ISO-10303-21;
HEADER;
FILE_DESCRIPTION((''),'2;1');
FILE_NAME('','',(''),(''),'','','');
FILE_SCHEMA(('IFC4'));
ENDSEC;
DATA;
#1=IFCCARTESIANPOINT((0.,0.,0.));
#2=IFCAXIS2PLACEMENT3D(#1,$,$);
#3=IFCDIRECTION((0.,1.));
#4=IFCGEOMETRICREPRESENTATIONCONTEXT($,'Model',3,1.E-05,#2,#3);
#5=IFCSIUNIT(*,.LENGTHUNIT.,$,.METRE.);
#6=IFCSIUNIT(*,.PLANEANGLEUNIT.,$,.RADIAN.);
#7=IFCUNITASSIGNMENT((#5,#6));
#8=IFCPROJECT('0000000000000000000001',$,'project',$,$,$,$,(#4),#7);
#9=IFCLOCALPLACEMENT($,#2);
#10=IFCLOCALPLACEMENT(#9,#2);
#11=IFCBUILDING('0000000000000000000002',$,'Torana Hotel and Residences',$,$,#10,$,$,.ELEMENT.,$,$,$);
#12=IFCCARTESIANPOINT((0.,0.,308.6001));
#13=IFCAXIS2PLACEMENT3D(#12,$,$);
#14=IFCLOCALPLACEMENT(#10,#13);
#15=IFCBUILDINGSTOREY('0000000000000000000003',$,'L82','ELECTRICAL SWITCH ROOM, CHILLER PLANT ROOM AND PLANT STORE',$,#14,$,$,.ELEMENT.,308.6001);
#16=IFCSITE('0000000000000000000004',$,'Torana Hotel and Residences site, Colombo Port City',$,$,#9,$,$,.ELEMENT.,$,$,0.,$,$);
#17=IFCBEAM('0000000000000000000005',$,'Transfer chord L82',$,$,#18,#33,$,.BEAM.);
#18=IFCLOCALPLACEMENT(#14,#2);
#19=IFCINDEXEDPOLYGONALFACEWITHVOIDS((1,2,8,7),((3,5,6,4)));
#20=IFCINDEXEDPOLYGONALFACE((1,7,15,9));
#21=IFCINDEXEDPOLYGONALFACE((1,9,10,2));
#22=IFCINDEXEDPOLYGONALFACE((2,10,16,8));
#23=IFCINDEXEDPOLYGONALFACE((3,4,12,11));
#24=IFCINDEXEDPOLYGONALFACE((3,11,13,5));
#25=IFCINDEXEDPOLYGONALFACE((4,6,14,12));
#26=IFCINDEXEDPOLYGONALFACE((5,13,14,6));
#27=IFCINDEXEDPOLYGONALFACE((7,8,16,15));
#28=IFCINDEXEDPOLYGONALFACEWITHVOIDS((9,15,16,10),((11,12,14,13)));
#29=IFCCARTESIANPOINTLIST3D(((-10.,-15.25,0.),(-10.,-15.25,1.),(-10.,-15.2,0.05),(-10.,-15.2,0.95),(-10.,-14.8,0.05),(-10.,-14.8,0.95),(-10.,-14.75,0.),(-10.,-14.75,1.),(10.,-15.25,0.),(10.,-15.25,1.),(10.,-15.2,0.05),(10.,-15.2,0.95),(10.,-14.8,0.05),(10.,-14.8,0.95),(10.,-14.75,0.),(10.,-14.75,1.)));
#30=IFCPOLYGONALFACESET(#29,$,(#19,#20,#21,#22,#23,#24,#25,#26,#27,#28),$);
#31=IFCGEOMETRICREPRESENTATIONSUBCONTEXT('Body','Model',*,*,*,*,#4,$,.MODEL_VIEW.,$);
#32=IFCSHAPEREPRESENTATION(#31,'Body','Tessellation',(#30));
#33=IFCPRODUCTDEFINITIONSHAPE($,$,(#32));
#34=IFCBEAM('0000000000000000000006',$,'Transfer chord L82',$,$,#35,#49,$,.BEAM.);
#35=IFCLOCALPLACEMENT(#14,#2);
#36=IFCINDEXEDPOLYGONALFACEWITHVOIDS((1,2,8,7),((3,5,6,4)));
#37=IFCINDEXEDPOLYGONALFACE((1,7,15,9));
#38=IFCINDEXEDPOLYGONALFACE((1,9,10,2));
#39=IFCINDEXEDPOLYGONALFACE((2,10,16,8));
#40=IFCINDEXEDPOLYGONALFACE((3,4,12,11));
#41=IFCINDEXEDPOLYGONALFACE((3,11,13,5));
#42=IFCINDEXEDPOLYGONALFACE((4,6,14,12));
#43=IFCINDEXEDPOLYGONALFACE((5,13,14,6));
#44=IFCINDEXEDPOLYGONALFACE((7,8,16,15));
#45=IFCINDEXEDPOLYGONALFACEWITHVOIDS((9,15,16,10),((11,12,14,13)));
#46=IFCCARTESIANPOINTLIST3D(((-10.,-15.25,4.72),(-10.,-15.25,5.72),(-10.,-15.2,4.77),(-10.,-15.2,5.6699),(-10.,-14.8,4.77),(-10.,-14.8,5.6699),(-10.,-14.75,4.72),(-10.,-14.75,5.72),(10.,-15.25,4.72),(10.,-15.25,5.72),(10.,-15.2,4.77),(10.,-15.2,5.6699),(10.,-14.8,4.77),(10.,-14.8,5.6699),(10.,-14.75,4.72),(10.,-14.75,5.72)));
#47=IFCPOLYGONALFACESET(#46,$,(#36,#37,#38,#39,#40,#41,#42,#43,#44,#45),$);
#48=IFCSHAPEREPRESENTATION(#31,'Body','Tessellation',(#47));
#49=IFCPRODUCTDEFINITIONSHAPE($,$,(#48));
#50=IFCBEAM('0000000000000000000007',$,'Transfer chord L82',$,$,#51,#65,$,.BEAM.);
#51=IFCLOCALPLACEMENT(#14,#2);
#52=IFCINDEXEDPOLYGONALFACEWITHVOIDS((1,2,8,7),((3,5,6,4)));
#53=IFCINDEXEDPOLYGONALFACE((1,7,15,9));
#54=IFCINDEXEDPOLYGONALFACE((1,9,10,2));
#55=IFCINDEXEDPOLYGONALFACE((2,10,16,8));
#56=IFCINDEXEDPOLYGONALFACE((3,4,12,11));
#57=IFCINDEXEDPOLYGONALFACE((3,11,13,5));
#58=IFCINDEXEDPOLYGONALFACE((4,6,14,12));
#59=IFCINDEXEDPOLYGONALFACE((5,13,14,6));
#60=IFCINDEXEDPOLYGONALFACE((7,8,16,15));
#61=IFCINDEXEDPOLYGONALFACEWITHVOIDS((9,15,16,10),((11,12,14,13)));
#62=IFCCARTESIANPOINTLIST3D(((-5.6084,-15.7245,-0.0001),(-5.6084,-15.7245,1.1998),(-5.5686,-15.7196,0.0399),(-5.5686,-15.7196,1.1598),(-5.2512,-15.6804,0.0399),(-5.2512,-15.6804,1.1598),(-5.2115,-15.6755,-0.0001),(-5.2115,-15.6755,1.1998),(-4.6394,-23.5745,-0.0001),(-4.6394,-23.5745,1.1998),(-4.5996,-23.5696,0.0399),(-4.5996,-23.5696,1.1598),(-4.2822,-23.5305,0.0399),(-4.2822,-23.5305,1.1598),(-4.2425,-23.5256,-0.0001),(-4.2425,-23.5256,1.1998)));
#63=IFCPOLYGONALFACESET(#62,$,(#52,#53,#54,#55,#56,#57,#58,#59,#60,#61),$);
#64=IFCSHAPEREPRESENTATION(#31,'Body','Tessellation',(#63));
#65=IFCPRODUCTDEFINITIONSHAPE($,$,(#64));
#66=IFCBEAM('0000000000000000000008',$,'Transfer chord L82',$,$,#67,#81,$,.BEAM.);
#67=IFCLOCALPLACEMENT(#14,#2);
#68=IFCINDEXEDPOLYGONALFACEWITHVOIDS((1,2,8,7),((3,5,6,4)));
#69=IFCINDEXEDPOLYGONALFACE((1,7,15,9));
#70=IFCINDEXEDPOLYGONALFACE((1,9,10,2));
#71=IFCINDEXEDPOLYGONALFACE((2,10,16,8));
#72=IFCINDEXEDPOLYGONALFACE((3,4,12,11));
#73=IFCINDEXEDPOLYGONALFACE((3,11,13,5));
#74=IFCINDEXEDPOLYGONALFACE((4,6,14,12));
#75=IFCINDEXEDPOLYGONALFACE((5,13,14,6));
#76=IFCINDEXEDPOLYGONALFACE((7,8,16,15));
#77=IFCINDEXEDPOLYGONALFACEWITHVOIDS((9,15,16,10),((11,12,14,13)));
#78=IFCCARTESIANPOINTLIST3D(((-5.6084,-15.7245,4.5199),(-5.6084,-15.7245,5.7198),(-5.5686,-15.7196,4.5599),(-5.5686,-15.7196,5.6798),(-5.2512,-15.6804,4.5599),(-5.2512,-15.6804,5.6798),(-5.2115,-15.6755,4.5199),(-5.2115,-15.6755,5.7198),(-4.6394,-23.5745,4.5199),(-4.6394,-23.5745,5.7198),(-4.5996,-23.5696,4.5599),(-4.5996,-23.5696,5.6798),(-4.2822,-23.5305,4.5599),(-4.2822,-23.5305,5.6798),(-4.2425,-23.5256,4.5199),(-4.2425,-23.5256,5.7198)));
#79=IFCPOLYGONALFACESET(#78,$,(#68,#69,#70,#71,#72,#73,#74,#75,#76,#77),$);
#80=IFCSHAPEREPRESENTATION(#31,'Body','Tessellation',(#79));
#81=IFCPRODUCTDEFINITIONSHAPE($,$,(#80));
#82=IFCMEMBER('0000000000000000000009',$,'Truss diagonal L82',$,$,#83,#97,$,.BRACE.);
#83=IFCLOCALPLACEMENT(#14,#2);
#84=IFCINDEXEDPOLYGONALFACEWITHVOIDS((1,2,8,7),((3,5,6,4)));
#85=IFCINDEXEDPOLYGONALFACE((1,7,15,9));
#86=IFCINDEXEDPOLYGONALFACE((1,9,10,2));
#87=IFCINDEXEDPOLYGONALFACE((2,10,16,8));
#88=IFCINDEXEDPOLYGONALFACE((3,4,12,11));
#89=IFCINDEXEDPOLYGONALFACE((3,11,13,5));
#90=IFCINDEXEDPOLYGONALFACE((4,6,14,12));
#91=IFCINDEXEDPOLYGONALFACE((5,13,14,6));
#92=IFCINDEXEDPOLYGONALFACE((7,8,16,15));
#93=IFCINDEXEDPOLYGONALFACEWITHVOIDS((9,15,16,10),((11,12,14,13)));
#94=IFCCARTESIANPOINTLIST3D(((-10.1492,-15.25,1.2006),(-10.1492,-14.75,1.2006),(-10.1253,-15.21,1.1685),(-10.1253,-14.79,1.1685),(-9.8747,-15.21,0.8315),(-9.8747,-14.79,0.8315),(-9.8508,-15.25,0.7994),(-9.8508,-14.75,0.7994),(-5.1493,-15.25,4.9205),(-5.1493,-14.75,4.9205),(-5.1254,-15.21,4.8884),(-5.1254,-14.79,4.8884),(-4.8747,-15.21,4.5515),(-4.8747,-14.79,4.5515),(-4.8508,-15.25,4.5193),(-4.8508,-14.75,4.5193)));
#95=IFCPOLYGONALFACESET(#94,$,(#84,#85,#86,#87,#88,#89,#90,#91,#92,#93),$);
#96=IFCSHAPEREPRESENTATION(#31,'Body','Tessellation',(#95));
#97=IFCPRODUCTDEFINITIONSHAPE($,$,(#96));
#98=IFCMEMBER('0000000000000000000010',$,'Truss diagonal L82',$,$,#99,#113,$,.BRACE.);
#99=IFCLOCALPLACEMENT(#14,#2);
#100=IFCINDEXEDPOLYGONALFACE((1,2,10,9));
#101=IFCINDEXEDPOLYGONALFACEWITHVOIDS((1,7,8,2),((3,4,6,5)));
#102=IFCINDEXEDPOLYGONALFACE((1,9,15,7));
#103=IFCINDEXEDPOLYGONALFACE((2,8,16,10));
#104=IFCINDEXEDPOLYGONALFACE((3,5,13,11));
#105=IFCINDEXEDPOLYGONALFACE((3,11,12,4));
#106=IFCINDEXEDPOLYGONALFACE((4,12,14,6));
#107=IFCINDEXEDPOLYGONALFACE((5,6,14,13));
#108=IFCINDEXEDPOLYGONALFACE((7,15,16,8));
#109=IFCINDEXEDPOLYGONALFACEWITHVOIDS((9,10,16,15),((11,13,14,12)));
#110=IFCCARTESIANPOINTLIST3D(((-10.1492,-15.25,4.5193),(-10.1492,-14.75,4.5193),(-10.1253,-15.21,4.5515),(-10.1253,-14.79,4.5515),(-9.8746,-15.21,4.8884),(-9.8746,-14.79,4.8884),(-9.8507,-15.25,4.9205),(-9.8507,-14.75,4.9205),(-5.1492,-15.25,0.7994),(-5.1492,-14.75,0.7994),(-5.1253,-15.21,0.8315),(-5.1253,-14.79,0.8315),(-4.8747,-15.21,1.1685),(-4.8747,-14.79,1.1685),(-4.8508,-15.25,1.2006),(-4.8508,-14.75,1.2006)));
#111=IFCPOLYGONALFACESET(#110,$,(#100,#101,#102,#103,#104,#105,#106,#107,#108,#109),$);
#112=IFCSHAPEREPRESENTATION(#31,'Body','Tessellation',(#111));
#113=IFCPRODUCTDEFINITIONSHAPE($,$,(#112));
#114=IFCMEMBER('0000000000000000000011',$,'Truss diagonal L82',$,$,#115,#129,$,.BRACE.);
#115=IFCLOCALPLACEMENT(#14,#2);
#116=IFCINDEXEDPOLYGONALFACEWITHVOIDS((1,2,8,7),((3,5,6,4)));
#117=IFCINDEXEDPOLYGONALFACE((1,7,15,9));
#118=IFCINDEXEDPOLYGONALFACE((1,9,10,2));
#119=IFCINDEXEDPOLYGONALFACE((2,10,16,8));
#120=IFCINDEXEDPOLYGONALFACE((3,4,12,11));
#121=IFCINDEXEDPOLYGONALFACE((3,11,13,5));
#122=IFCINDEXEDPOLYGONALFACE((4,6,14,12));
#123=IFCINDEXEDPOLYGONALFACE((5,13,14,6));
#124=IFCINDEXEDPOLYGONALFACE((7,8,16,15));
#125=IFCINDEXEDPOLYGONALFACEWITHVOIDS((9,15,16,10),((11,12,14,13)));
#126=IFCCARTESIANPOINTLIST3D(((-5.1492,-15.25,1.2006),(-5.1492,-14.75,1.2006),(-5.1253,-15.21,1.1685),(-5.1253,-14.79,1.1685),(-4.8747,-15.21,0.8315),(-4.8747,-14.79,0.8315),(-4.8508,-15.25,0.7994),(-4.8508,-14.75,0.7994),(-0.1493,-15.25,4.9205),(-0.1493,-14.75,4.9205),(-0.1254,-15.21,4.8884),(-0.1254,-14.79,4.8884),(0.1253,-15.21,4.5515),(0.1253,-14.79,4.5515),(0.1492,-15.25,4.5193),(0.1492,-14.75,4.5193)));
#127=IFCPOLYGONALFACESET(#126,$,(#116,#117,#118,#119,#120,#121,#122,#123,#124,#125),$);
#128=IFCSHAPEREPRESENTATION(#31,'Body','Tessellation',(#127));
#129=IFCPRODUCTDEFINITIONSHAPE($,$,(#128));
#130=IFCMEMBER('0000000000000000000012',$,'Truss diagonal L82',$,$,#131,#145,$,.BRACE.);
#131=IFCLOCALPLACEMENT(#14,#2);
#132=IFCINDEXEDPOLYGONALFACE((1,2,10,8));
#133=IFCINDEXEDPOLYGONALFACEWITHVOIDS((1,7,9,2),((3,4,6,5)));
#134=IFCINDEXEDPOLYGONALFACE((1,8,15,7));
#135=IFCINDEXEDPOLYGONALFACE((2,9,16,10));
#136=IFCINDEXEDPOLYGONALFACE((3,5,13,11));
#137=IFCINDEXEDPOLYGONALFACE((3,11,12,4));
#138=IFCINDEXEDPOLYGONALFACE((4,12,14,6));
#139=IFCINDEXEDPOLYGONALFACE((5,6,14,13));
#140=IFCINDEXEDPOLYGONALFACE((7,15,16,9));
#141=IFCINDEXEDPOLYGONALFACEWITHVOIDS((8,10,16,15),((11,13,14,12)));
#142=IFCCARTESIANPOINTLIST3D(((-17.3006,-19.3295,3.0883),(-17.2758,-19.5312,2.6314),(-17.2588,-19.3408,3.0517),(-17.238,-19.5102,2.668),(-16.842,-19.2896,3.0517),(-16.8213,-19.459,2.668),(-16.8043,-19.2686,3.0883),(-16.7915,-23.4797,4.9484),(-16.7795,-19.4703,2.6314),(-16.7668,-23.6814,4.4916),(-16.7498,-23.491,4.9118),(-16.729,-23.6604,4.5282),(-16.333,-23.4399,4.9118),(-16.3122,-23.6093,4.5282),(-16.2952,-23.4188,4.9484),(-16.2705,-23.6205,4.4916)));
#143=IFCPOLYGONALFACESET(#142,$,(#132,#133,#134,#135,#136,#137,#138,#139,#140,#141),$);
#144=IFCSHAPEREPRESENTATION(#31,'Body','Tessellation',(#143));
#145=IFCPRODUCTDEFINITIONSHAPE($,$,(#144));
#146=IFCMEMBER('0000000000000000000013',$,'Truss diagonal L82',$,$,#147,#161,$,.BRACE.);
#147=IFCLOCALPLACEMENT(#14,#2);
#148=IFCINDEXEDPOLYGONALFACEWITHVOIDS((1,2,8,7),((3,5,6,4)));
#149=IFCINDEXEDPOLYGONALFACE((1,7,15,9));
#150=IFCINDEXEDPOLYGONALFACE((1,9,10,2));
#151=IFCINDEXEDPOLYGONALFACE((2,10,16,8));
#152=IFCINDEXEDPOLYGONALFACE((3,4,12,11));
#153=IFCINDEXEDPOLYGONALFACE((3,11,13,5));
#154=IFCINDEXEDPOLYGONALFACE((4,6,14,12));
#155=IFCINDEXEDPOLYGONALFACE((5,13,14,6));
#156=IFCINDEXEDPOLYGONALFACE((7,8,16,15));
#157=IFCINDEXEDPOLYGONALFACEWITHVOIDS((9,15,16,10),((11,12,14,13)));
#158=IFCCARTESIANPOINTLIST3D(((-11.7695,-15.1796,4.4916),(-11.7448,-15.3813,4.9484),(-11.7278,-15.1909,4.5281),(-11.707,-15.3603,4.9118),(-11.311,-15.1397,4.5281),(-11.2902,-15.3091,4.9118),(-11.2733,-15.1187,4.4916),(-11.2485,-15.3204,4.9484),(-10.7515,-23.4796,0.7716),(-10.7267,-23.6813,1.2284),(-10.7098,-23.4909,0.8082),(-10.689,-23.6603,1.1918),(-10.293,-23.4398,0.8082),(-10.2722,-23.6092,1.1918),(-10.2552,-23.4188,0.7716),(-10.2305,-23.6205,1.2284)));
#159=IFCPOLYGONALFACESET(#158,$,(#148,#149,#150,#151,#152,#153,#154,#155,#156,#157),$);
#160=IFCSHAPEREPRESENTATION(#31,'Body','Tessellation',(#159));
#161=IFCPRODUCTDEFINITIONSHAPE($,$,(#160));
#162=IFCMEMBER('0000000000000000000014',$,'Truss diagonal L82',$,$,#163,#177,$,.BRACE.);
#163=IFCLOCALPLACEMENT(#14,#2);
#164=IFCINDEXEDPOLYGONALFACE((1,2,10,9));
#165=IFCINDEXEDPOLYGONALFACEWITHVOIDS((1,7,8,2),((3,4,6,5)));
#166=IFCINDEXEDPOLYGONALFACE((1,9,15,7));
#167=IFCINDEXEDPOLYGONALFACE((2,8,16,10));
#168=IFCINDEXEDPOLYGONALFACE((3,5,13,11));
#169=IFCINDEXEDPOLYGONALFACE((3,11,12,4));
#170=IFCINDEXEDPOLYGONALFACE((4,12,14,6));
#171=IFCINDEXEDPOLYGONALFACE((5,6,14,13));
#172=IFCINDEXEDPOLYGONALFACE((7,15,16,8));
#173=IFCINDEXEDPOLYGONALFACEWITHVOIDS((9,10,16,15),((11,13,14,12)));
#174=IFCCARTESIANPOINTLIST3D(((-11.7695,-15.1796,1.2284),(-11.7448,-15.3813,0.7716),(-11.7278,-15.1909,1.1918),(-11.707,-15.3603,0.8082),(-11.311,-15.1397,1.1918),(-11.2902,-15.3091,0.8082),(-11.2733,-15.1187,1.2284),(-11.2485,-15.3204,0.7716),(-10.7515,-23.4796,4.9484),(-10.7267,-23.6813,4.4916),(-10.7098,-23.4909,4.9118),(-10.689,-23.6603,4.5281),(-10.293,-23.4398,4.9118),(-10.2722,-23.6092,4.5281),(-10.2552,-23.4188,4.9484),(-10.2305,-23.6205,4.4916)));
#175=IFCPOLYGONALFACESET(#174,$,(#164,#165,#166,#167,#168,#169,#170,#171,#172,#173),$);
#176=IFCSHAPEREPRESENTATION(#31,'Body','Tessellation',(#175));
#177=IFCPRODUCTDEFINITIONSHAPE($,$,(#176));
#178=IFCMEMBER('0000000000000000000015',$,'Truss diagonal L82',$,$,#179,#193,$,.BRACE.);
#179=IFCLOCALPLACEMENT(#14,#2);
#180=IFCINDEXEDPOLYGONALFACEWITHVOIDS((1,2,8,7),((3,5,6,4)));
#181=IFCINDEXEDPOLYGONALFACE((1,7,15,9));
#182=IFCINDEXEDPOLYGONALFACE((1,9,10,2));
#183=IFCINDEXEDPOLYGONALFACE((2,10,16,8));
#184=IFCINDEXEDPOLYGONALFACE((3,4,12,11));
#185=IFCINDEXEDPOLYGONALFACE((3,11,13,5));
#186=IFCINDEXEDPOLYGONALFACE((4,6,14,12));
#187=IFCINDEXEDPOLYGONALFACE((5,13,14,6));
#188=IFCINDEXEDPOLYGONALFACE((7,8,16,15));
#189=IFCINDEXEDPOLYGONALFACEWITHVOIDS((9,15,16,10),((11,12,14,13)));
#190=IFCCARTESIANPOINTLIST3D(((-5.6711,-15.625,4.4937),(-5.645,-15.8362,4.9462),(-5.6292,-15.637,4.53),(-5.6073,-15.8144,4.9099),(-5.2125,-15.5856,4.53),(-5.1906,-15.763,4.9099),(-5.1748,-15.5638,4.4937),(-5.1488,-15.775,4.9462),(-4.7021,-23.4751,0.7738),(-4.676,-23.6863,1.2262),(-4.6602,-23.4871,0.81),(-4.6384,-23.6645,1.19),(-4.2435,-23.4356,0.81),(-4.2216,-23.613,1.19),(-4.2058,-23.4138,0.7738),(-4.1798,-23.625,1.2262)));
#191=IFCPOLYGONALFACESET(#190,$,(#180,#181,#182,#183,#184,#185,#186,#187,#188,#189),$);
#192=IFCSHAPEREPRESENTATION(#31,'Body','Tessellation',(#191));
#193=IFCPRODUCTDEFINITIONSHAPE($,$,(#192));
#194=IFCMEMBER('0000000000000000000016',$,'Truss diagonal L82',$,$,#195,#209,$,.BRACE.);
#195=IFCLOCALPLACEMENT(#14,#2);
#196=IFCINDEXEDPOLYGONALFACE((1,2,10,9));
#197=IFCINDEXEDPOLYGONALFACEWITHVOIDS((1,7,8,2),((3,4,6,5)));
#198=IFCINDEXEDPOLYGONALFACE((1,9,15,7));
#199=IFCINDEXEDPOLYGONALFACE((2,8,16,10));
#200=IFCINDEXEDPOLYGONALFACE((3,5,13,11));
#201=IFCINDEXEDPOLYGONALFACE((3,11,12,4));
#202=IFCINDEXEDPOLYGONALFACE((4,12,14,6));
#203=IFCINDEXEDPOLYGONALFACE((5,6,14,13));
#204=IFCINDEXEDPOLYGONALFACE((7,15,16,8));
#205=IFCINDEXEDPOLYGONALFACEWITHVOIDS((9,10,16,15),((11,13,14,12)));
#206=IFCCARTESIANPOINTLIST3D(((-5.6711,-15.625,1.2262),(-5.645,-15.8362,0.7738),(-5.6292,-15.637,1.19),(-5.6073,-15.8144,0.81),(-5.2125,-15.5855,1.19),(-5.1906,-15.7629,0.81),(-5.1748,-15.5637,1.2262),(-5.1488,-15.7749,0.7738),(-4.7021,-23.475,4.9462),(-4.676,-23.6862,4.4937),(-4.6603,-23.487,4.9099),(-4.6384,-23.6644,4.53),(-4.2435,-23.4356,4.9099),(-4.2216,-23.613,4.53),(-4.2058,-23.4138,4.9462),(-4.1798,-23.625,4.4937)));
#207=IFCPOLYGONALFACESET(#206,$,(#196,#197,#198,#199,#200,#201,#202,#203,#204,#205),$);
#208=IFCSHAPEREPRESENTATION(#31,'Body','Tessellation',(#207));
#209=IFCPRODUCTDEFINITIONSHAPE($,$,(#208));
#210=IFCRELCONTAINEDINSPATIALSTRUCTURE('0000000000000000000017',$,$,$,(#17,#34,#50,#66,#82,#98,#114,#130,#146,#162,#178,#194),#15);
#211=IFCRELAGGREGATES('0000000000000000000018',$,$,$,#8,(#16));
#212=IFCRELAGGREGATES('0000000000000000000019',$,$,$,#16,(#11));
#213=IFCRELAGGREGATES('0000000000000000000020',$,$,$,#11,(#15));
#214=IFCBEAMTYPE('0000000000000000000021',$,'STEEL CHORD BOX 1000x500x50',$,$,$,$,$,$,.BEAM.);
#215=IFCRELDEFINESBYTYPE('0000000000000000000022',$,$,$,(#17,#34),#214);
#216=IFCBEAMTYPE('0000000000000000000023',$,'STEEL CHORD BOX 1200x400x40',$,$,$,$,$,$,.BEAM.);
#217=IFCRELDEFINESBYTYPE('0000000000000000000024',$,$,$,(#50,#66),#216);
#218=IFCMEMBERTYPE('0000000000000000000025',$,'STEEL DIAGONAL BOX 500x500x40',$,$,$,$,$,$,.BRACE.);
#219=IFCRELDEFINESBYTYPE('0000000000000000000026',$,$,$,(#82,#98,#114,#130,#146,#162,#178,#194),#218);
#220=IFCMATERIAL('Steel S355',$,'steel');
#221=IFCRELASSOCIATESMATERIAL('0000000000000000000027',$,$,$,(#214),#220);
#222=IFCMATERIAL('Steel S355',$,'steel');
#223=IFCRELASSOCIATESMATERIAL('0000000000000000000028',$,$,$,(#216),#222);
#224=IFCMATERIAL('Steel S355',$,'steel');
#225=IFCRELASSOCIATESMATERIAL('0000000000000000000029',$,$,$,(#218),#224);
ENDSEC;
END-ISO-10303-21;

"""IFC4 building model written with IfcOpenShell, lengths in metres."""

from ifc_helpers import new_model, si_unit, direction, frame, origin, origin_2d, place, context, subcontext, project, spatial, hollow_rectangle, extrude, material, material_profile, profile_set, type_object, element, save


model = new_model("IFC4")

# Units and contexts
model_context = context("Model", 3, precision=1e-05, world=origin(), true_north=direction((0.0, 1.0)))
body_context = subcontext(model_context, "Body", "Model", "MODEL_VIEW")
ifc_project = project(units=[si_unit("LENGTHUNIT", "METRE"), si_unit("PLANEANGLEUNIT", "RADIAN")], contexts=[model_context])

# Site, building, storey
site_placement = place(None, origin())
site = spatial("IfcSite", under=ifc_project, at=site_placement, Name="Torana Hotel and Residences site, Colombo Port City", CompositionType="ELEMENT", RefElevation=0.0)
building_placement = place(site_placement, origin())
building = spatial("IfcBuilding", under=site, at=building_placement, Name="Torana Hotel and Residences", CompositionType="ELEMENT")
storey_placement = place(building_placement, frame((0.0, 0.0, 308.6001)))
storey = spatial("IfcBuildingStorey", under=building, at=storey_placement, Name="L82", Description="ELECTRICAL SWITCH ROOM, CHILLER PLANT ROOM AND PLANT STORE", CompositionType="ELEMENT", Elevation=308.6001)

# Beams
ifc_material_1 = material(Name="Steel S355", Category="steel")
ifc_material_profile_1 = material_profile(ifc_material_1, hollow_rectangle(XDim=0.5, YDim=1.0, WallThickness=0.05, at=origin_2d()), Name="BOX 1000x500x50")
ifc_profile_set_1 = profile_set([ifc_material_profile_1], Name="Steel S355")
beam_type_1 = type_object("IfcBeamType", Name="STEEL CHORD BOX 1000x500x50", PredefinedType="BEAM", material=ifc_profile_set_1)
for number, where, z_axis, x_axis, name in (
    (1, (-10.0, -15.0, 0.5), (1.0, 0.0, 0.0), (0.0, 1.0, 0.0), "Transfer chord L82"),
    (2, (-10.0, -15.0, 5.22), (1.0, 0.0, 0.0), (0.0, 1.0, 0.0), "Transfer chord L82"),
):
    element("IfcBeam", number, at=place(storey_placement, frame(where, z_axis=z_axis, x_axis=x_axis)), inside=storey, type_object=beam_type_1, Name=name, PredefinedType="BEAM", context=body_context, shape_type="SweptSolid", body=[
        extrude(hollow_rectangle(XDim=0.5, YDim=1.0, WallThickness=0.05, at=origin_2d()), origin(), (0.0, 0.0, 1.0), 20.0),
    ])
ifc_material_2 = material(Name="Steel S355", Category="steel")
ifc_material_profile_2 = material_profile(ifc_material_2, hollow_rectangle(XDim=0.3999, YDim=1.2, WallThickness=0.04, at=origin_2d()), Name="BOX 1200x400x40")
ifc_profile_set_2 = profile_set([ifc_material_profile_2], Name="Steel S355")
beam_type_2 = type_object("IfcBeamType", Name="STEEL CHORD BOX 1200x400x40", PredefinedType="BEAM", material=ifc_profile_set_2)
for number, where, z_axis, x_axis, name in (
    (3, (-4.4409, -23.55, 0.5999), (-0.122507, 0.992468, 0.0), (-0.992468, -0.122507, 0.0), "Transfer chord L82"),
    (4, (-4.4409, -23.55, 5.1199), (-0.122507, 0.992468, 0.0), (-0.992468, -0.122507, 0.0), "Transfer chord L82"),
):
    element("IfcBeam", number, at=place(storey_placement, frame(where, z_axis=z_axis, x_axis=x_axis)), inside=storey, type_object=beam_type_2, Name=name, PredefinedType="BEAM", context=body_context, shape_type="SweptSolid", body=[
        extrude(hollow_rectangle(XDim=0.3999, YDim=1.2, WallThickness=0.04, at=origin_2d()), origin(), (0.0, 0.0, 1.0), 7.9097),
    ])

# Members
ifc_material_3 = material(Name="Steel S355", Category="steel")
ifc_material_profile_3 = material_profile(ifc_material_3, hollow_rectangle(XDim=0.5, YDim=0.5, WallThickness=0.04, at=origin_2d()), Name="BOX 500x500x40")
ifc_profile_set_3 = profile_set([ifc_material_profile_3], Name="Steel S355")
member_type_1 = type_object("IfcMemberType", Name="STEEL DIAGONAL BOX 500x500x40", PredefinedType="BRACE", material=ifc_profile_set_3)
for number, where, z_axis, x_axis, name in (
    (5, (-10.0, -15.0, 1.0), (0.802307, 0.0, 0.596912), (0.0, 1.0, 0.0), "Truss diagonal L82"),
    (6, (-5.0, -15.0, 1.0), (-0.802307, 0.0, 0.596912), (0.0, -1.0, 0.0), "Truss diagonal L82"),
    (7, (-5.0, -15.0, 1.0), (0.802307, 0.0, 0.596912), (0.0, 1.0, 0.0), "Truss diagonal L82"),
):
    element("IfcMember", number, at=place(storey_placement, frame(where, z_axis=z_axis, x_axis=x_axis)), inside=storey, type_object=member_type_1, Name=name, PredefinedType="BRACE", context=body_context, shape_type="SweptSolid", body=[
        extrude(hollow_rectangle(XDim=0.5, YDim=0.5, WallThickness=0.04, at=origin_2d()), origin(), (0.0, 0.0, 1.0), 6.2319),
    ])
member_placement = place(storey_placement, frame((-17.04, -19.3999, 2.8599), z_axis=(0.111232, -0.906871, 0.406462), x_axis=(0.992562, 0.121742, 0.0)))
element("IfcMember", 8, at=member_placement, inside=storey, type_object=member_type_1, Name="Truss diagonal L82", PredefinedType="BRACE", context=body_context, shape_type="SweptSolid", body=[
    extrude(hollow_rectangle(XDim=0.5, YDim=0.5, WallThickness=0.04, at=origin_2d()), origin(), (0.0, 0.0, 1.0), 4.5764),
])
for number, where, z_axis, x_axis, name in (
    (9, (-10.491, -23.55, 1.0), (-0.111236, 0.906877, 0.40645), (-0.992561, -0.121745, 0.0), "Truss diagonal L82"),
    (10, (-11.509, -15.25, 1.0), (0.111236, -0.906877, 0.40645), (0.992561, 0.121745, 0.0), "Truss diagonal L82"),
):
    element("IfcMember", number, at=place(storey_placement, frame(where, z_axis=z_axis, x_axis=x_axis)), inside=storey, type_object=member_type_1, Name=name, PredefinedType="BRACE", context=body_context, shape_type="SweptSolid", body=[
        extrude(hollow_rectangle(XDim=0.5, YDim=0.5, WallThickness=0.04, at=origin_2d()), origin(), (0.0, 0.0, 1.0), 9.1523),
    ])
for number, where, z_axis, x_axis, name in (
    (11, (-4.4409, -23.55, 1.0), (-0.110859, 0.898101, 0.425588), (-0.992468, -0.122507, 0.0), "Truss diagonal L82"),
    (12, (-5.4099, -15.7, 1.0), (0.110859, -0.898101, 0.425588), (0.992468, 0.122507, 0.0), "Truss diagonal L82"),
):
    element("IfcMember", number, at=place(storey_placement, frame(where, z_axis=z_axis, x_axis=x_axis)), inside=storey, type_object=member_type_1, Name=name, PredefinedType="BRACE", context=body_context, shape_type="SweptSolid", body=[
        extrude(hollow_rectangle(XDim=0.5, YDim=0.5, WallThickness=0.04, at=origin_2d()), origin(), (0.0, 0.0, 1.0), 8.7407),
    ])

save(model, "model.ifc")
